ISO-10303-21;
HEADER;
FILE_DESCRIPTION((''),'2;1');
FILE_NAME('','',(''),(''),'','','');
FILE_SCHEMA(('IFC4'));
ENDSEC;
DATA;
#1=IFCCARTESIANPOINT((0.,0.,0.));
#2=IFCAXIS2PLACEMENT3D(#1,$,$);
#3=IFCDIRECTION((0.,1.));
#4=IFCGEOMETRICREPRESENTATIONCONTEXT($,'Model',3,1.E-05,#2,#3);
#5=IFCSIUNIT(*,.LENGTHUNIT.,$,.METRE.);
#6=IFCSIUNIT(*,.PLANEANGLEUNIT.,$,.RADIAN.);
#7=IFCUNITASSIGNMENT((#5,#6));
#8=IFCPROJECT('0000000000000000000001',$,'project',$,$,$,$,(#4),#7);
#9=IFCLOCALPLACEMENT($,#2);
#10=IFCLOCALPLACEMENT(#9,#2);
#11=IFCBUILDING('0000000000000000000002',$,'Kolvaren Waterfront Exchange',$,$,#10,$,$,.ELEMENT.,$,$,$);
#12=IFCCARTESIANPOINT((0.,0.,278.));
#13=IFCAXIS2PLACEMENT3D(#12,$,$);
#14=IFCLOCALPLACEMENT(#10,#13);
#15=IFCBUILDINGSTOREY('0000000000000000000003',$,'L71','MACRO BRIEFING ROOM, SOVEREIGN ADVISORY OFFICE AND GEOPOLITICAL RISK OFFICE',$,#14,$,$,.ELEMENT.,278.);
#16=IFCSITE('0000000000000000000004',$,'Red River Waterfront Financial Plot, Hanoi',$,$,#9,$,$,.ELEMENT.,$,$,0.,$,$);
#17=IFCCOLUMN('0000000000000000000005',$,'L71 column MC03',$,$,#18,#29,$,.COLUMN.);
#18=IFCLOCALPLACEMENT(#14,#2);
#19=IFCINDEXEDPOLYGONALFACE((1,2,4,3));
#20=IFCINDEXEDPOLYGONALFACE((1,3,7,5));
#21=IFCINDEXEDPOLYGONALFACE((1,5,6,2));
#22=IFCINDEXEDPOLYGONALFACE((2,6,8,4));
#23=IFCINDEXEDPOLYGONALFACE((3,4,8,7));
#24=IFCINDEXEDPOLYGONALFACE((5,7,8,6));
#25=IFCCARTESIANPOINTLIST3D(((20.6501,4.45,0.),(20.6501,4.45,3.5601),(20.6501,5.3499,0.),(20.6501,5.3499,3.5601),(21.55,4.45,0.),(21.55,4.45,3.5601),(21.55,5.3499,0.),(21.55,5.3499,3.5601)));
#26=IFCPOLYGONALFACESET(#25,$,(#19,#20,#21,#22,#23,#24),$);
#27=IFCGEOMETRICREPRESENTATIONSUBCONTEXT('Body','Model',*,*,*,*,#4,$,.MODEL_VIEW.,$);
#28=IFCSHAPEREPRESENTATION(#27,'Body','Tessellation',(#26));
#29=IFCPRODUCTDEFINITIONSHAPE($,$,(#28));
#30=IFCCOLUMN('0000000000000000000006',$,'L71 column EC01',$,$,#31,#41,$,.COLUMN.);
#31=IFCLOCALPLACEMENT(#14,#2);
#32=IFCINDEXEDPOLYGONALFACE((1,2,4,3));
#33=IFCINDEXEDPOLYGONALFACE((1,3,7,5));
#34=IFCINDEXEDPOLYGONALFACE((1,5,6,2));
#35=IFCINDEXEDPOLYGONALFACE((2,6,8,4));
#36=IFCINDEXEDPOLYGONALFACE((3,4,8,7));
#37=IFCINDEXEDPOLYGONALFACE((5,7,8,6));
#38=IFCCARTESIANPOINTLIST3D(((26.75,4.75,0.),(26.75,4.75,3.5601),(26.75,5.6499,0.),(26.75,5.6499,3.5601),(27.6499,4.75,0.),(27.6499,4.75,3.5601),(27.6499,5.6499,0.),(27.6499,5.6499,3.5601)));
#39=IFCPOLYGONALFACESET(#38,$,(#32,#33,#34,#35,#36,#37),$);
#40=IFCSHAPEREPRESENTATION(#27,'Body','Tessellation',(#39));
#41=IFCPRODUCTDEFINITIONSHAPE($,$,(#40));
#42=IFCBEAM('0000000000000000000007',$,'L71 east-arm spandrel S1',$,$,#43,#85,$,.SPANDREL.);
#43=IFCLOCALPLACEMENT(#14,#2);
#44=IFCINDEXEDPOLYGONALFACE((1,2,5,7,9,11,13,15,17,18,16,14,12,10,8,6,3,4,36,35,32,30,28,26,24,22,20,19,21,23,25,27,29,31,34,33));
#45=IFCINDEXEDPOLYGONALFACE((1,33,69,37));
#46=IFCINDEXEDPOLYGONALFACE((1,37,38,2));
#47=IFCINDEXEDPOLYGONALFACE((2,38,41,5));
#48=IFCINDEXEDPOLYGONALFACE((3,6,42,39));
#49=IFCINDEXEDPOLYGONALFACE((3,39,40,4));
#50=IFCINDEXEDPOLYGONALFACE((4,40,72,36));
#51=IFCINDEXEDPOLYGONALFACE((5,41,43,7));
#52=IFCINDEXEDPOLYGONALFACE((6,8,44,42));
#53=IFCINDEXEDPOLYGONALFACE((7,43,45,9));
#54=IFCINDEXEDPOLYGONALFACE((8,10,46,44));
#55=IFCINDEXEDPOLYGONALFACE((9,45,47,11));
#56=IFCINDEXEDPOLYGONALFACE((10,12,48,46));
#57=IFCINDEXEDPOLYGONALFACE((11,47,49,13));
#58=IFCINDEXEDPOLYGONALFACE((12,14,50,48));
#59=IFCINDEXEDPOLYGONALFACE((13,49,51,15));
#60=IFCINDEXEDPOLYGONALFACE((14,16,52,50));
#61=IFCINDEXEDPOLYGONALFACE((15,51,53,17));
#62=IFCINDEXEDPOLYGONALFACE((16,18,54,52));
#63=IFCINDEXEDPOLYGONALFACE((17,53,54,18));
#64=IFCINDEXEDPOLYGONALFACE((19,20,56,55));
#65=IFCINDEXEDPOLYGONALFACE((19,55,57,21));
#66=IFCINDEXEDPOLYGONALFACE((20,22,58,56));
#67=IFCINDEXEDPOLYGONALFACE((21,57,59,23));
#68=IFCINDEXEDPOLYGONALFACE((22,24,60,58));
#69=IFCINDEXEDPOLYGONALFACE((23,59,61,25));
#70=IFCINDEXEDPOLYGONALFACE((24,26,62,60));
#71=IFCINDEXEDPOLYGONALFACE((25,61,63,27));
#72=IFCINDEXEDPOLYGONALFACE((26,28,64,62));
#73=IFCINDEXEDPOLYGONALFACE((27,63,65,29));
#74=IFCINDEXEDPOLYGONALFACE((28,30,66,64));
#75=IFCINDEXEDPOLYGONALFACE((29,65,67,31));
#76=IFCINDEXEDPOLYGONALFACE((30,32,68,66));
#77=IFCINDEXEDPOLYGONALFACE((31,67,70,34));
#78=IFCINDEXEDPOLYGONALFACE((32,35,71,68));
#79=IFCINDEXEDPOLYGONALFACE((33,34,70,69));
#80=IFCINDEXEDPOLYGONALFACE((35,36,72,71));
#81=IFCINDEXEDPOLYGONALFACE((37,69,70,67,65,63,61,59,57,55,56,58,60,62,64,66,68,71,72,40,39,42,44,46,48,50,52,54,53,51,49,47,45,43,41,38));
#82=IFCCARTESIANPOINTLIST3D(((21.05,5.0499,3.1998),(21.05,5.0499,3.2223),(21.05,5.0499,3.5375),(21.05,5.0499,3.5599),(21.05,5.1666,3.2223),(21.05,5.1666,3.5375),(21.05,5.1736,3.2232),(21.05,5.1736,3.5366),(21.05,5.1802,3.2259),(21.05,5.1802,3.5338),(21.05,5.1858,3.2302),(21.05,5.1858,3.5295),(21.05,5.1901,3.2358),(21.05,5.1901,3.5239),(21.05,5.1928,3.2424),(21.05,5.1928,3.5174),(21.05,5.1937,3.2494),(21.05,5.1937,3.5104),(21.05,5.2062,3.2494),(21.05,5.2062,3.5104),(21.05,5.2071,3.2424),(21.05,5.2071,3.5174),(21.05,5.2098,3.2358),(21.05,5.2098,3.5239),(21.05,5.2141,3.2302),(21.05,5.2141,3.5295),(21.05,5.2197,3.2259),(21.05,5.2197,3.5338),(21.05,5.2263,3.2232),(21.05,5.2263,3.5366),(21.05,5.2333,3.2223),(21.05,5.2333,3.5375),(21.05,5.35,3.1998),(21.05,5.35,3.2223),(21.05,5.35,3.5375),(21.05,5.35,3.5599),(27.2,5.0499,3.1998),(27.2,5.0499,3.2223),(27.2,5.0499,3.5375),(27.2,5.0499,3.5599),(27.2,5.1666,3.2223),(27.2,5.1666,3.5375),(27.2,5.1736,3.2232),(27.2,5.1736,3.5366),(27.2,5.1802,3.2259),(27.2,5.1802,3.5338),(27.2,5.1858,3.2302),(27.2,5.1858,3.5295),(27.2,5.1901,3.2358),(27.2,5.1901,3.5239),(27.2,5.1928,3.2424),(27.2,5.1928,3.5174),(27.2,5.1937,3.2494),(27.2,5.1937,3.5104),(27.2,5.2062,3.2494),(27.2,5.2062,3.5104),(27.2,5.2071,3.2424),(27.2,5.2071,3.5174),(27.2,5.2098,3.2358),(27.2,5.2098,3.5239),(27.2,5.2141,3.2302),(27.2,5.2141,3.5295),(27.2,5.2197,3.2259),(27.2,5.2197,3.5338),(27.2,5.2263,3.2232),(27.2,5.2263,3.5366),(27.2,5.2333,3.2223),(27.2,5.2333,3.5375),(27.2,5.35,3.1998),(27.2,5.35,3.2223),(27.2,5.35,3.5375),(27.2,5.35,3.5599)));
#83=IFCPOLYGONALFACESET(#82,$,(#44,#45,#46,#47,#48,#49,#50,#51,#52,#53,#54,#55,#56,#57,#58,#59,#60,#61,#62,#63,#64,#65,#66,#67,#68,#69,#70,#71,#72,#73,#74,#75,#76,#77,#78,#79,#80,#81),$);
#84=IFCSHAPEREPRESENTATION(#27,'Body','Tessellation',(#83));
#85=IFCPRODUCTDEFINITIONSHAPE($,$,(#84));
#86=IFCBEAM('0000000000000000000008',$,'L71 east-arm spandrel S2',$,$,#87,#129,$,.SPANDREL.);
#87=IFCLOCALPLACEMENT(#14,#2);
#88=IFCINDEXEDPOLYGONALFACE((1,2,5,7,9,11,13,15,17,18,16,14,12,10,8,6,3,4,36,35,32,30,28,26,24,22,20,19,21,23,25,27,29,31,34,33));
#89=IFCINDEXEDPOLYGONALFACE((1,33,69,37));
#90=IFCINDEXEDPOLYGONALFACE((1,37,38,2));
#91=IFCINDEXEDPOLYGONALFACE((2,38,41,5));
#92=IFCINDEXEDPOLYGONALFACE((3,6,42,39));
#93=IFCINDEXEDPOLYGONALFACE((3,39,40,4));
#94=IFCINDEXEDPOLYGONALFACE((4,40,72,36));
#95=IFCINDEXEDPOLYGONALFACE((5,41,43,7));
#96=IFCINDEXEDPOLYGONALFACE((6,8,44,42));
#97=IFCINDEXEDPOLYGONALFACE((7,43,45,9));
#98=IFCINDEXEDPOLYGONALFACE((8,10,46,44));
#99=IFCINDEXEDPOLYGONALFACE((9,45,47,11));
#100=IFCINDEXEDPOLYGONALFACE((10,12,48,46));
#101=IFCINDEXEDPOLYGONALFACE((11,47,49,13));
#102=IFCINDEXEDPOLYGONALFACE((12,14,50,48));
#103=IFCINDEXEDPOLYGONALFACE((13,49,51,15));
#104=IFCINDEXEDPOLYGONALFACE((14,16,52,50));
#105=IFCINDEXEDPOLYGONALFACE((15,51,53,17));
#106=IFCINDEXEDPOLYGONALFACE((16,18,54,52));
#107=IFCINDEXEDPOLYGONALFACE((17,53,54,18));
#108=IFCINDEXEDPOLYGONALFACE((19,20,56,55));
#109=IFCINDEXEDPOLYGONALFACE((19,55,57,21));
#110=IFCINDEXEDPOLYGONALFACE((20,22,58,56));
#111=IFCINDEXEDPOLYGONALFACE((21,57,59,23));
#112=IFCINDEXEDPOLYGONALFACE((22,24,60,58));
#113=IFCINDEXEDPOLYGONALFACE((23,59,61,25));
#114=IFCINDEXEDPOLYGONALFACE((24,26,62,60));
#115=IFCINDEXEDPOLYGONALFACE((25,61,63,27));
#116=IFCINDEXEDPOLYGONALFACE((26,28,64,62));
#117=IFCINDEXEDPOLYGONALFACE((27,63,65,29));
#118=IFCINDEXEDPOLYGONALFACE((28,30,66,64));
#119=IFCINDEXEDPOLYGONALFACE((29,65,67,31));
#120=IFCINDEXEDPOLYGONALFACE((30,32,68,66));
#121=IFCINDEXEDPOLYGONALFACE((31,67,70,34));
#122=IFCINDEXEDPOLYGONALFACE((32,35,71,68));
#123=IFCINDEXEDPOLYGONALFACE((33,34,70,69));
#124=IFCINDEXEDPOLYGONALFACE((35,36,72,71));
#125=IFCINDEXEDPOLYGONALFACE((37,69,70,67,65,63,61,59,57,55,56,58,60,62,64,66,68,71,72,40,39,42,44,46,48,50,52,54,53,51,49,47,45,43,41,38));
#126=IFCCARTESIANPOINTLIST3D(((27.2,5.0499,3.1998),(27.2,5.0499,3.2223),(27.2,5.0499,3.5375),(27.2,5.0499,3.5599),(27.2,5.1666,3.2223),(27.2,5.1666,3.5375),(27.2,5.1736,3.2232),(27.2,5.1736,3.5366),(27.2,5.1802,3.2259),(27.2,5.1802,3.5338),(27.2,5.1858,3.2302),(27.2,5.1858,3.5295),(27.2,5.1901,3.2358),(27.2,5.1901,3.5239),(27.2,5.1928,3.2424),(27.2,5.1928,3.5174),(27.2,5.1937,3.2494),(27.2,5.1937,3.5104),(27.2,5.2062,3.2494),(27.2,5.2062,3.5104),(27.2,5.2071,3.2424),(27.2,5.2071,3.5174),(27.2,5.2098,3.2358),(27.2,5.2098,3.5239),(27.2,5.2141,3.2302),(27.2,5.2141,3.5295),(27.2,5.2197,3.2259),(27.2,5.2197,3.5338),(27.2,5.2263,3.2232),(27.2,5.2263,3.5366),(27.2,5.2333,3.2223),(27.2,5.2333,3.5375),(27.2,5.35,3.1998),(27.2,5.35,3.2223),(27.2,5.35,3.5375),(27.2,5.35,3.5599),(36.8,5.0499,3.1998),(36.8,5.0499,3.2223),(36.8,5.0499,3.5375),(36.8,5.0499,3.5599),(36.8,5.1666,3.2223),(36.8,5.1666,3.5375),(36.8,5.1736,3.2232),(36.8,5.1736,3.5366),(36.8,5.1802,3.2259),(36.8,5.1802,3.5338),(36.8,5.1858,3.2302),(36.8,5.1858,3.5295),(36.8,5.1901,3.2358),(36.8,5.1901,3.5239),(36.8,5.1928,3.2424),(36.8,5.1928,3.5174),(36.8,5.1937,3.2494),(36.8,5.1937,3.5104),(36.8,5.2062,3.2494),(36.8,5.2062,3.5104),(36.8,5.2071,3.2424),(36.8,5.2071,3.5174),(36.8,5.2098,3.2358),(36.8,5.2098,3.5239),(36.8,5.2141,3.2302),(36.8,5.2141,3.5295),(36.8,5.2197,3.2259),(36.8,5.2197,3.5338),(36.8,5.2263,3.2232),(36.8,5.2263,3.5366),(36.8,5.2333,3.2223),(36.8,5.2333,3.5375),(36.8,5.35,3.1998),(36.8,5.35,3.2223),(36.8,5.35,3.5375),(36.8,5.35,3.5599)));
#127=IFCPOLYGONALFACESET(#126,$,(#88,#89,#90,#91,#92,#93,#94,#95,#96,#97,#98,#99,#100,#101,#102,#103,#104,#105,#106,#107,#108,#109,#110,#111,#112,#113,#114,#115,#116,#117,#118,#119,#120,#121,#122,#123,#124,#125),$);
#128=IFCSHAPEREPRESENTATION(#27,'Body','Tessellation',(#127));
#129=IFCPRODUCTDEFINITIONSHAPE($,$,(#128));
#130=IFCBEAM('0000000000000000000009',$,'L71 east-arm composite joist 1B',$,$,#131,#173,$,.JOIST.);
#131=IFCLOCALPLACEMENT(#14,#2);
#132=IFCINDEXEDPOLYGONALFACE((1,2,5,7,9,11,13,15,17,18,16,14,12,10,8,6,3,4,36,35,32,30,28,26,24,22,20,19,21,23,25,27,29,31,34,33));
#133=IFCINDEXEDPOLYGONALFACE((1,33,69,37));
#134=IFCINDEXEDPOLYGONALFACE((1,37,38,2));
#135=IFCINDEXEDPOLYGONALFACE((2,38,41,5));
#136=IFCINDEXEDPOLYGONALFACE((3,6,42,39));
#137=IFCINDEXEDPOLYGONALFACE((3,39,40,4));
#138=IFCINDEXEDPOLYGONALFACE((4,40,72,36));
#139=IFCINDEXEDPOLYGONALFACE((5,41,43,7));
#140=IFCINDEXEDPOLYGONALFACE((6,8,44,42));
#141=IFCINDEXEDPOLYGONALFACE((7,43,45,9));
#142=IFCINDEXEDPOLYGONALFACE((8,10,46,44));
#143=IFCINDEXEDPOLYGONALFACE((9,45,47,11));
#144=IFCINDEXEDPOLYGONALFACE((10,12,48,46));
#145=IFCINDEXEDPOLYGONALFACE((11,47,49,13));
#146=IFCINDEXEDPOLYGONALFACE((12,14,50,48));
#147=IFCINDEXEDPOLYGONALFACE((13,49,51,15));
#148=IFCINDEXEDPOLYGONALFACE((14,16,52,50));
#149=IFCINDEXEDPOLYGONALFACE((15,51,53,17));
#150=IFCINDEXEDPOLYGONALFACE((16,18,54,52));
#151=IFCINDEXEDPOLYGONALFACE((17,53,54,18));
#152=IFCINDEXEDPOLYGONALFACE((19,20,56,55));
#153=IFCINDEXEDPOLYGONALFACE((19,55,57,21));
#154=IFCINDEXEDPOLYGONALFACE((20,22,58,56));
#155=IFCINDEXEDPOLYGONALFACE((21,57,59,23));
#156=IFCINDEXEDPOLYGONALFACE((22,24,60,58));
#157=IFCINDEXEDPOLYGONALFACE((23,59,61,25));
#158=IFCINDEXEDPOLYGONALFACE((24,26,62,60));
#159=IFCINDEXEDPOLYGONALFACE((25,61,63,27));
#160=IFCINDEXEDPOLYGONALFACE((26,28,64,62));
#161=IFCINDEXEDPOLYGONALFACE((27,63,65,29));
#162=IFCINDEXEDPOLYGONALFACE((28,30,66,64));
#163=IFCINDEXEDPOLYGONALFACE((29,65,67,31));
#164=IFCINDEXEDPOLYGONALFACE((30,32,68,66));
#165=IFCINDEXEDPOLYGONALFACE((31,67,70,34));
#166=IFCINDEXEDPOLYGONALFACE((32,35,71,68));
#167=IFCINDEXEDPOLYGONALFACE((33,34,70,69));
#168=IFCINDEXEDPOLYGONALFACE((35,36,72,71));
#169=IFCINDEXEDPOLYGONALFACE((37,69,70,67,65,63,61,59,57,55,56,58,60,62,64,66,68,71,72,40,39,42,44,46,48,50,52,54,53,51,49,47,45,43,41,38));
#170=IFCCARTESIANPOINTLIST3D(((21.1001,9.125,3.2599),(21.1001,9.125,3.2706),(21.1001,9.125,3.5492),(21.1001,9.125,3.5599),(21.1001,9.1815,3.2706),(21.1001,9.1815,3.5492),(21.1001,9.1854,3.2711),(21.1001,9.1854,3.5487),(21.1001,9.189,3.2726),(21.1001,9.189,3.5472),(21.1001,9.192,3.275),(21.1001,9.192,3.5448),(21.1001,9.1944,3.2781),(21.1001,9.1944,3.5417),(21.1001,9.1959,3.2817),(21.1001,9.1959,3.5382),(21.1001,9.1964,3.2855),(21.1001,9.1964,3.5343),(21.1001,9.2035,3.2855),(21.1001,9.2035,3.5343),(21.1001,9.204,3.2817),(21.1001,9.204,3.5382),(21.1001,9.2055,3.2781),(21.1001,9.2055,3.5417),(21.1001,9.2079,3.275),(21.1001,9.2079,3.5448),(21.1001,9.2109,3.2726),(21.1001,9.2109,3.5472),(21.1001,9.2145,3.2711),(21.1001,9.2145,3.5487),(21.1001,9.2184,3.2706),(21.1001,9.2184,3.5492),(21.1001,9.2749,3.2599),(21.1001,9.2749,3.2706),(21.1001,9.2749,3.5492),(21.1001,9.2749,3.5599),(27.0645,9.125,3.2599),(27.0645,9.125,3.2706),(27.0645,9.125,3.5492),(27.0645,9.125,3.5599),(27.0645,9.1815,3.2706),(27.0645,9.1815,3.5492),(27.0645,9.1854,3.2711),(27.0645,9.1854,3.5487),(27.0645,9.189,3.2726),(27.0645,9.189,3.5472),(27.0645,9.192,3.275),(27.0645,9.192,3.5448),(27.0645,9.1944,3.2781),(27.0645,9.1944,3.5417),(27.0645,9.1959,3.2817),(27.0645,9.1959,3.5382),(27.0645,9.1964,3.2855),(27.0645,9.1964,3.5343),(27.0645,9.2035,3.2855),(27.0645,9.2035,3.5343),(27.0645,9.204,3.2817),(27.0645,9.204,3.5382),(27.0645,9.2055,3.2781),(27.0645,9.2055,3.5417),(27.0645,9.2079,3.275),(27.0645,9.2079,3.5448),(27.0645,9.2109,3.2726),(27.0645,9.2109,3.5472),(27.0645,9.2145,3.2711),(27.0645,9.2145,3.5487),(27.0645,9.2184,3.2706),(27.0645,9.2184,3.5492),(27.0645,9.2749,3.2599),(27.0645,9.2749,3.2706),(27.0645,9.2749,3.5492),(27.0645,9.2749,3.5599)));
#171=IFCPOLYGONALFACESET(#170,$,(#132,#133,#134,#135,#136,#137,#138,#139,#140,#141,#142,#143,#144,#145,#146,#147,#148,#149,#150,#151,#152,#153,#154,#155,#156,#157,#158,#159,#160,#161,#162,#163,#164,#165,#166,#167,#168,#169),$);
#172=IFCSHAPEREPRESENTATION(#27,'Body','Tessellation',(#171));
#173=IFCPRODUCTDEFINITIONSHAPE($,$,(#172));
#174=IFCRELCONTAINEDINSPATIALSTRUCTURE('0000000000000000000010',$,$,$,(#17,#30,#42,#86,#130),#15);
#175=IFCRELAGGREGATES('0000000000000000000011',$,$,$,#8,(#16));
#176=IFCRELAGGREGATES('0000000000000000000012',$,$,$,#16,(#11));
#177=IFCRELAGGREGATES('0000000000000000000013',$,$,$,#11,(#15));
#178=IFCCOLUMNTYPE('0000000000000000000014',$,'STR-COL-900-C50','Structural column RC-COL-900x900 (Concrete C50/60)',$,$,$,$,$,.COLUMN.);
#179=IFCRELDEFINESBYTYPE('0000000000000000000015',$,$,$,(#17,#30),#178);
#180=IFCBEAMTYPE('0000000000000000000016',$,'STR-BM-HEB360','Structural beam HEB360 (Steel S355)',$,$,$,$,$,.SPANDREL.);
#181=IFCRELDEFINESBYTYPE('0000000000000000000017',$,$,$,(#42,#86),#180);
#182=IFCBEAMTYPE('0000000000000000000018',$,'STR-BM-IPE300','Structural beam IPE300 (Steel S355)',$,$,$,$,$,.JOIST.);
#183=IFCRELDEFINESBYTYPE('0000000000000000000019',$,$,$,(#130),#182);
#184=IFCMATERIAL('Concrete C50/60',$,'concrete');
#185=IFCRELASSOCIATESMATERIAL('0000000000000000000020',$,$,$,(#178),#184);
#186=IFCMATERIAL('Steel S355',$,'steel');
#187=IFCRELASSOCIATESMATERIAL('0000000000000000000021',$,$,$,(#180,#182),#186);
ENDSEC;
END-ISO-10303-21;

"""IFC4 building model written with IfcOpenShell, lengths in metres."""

from ifc_helpers import new_model, si_unit, direction, frame, origin, origin_2d, place, context, subcontext, project, spatial, rectangle, i_section, extrude, material, material_profile, profile_set, type_object, element, save


model = new_model("IFC4")

# Units and contexts
model_context = context("Model", 3, precision=1e-05, world=origin(), true_north=direction((0.0, 1.0)))
body_context = subcontext(model_context, "Body", "Model", "MODEL_VIEW")
ifc_project = project(units=[si_unit("LENGTHUNIT", "METRE"), si_unit("PLANEANGLEUNIT", "RADIAN")], contexts=[model_context])

# Site, building, storey
site_placement = place(None, origin())
site = spatial("IfcSite", under=ifc_project, at=site_placement, Name="Red River Waterfront Financial Plot, Hanoi", CompositionType="ELEMENT", RefElevation=0.0)
building_placement = place(site_placement, origin())
building = spatial("IfcBuilding", under=site, at=building_placement, Name="Kolvaren Waterfront Exchange", CompositionType="ELEMENT")
storey_placement = place(building_placement, frame((0.0, 0.0, 278.0)))
storey = spatial("IfcBuildingStorey", under=building, at=storey_placement, Name="L71", Description="MACRO BRIEFING ROOM, SOVEREIGN ADVISORY OFFICE AND GEOPOLITICAL RISK OFFICE", CompositionType="ELEMENT", Elevation=278.0)

# Columns
ifc_material_1 = material(Name="Concrete C50/60", Category="concrete")
ifc_material_profile_1 = material_profile(ifc_material_1, rectangle(XDim=0.8999, YDim=0.8999, at=origin_2d()), Name="RC-COL-900x900")
ifc_profile_set_1 = profile_set([ifc_material_profile_1], Name="Concrete C50/60")
column_type = type_object("IfcColumnType", Name="STR-COL-900-C50", Description="Structural column RC-COL-900x900 (Concrete C50/60)", PredefinedType="COLUMN", material=ifc_profile_set_1)
for number, where, z_axis, x_axis, name in (
    (1, (21.1001, 4.8999, 0.0), (0.0, 0.0, 1.0), (1.0, 0.0, 0.0), "L71 column MC03"),
    (2, (27.2, 5.2, 0.0), (0.0, 0.0, 1.0), (1.0, 0.0, 0.0), "L71 column EC01"),
):
    element("IfcColumn", number, at=place(storey_placement, frame(where, z_axis=z_axis, x_axis=x_axis)), inside=storey, type_object=column_type, Name=name, PredefinedType="COLUMN", context=body_context, shape_type="SweptSolid", body=[
        extrude(rectangle(XDim=0.8999, YDim=0.8999, at=origin_2d()), origin(), (0.0, 0.0, 1.0), 3.5601),
    ])

# Beams
ifc_material_2 = material(Name="Steel S355", Category="steel")
ifc_material_profile_2 = material_profile(ifc_material_2, i_section(OverallWidth=0.3, OverallDepth=0.3601, WebThickness=0.0125, FlangeThickness=0.0225, FilletRadius=0.0271, at=origin_2d()), Name="HEB360")
ifc_profile_set_2 = profile_set([ifc_material_profile_2], Name="Steel S355")
beam_type_1 = type_object("IfcBeamType", Name="STR-BM-HEB360", Description="Structural beam HEB360 (Steel S355)", PredefinedType="SPANDREL", material=ifc_profile_set_2)
beam_1_placement = place(storey_placement, frame((21.05, 5.2, 3.3799), z_axis=(1.0, 0.0, 0.0), x_axis=(0.0, 1.0, 0.0)))
element("IfcBeam", 3, at=beam_1_placement, inside=storey, type_object=beam_type_1, Name="L71 east-arm spandrel S1", PredefinedType="SPANDREL", context=body_context, shape_type="SweptSolid", body=[
    extrude(i_section(OverallWidth=0.3, OverallDepth=0.3601, WebThickness=0.0125, FlangeThickness=0.0225, FilletRadius=0.0271, at=origin_2d()), origin(), (0.0, 0.0, 1.0), 6.1499),
])
beam_2_placement = place(storey_placement, frame((27.2, 5.2, 3.3799), z_axis=(1.0, 0.0, 0.0), x_axis=(0.0, 1.0, 0.0)))
element("IfcBeam", 4, at=beam_2_placement, inside=storey, type_object=beam_type_1, Name="L71 east-arm spandrel S2", PredefinedType="SPANDREL", context=body_context, shape_type="SweptSolid", body=[
    extrude(i_section(OverallWidth=0.3, OverallDepth=0.3601, WebThickness=0.0125, FlangeThickness=0.0225, FilletRadius=0.0271, at=origin_2d()), origin(), (0.0, 0.0, 1.0), 9.6001),
])
ifc_material_profile_3 = material_profile(ifc_material_2, i_section(OverallWidth=0.1499, OverallDepth=0.3, WebThickness=0.0071, FlangeThickness=0.0107, FilletRadius=0.0149, at=origin_2d()), Name="IPE300")
ifc_profile_set_3 = profile_set([ifc_material_profile_3], Name="Steel S355")
beam_type_2 = type_object("IfcBeamType", Name="STR-BM-IPE300", Description="Structural beam IPE300 (Steel S355)", PredefinedType="JOIST", material=ifc_profile_set_3)
beam_3_placement = place(storey_placement, frame((21.1001, 9.2, 3.4099), z_axis=(1.0, 0.0, 0.0), x_axis=(0.0, 1.0, 0.0)))
element("IfcBeam", 5, at=beam_3_placement, inside=storey, type_object=beam_type_2, Name="L71 east-arm composite joist 1B", PredefinedType="JOIST", context=body_context, shape_type="SweptSolid", body=[
    extrude(i_section(OverallWidth=0.1499, OverallDepth=0.3, WebThickness=0.0071, FlangeThickness=0.0107, FilletRadius=0.0149, at=origin_2d()), origin(), (0.0, 0.0, 1.0), 5.9644),
])

save(model, "model.ifc")
